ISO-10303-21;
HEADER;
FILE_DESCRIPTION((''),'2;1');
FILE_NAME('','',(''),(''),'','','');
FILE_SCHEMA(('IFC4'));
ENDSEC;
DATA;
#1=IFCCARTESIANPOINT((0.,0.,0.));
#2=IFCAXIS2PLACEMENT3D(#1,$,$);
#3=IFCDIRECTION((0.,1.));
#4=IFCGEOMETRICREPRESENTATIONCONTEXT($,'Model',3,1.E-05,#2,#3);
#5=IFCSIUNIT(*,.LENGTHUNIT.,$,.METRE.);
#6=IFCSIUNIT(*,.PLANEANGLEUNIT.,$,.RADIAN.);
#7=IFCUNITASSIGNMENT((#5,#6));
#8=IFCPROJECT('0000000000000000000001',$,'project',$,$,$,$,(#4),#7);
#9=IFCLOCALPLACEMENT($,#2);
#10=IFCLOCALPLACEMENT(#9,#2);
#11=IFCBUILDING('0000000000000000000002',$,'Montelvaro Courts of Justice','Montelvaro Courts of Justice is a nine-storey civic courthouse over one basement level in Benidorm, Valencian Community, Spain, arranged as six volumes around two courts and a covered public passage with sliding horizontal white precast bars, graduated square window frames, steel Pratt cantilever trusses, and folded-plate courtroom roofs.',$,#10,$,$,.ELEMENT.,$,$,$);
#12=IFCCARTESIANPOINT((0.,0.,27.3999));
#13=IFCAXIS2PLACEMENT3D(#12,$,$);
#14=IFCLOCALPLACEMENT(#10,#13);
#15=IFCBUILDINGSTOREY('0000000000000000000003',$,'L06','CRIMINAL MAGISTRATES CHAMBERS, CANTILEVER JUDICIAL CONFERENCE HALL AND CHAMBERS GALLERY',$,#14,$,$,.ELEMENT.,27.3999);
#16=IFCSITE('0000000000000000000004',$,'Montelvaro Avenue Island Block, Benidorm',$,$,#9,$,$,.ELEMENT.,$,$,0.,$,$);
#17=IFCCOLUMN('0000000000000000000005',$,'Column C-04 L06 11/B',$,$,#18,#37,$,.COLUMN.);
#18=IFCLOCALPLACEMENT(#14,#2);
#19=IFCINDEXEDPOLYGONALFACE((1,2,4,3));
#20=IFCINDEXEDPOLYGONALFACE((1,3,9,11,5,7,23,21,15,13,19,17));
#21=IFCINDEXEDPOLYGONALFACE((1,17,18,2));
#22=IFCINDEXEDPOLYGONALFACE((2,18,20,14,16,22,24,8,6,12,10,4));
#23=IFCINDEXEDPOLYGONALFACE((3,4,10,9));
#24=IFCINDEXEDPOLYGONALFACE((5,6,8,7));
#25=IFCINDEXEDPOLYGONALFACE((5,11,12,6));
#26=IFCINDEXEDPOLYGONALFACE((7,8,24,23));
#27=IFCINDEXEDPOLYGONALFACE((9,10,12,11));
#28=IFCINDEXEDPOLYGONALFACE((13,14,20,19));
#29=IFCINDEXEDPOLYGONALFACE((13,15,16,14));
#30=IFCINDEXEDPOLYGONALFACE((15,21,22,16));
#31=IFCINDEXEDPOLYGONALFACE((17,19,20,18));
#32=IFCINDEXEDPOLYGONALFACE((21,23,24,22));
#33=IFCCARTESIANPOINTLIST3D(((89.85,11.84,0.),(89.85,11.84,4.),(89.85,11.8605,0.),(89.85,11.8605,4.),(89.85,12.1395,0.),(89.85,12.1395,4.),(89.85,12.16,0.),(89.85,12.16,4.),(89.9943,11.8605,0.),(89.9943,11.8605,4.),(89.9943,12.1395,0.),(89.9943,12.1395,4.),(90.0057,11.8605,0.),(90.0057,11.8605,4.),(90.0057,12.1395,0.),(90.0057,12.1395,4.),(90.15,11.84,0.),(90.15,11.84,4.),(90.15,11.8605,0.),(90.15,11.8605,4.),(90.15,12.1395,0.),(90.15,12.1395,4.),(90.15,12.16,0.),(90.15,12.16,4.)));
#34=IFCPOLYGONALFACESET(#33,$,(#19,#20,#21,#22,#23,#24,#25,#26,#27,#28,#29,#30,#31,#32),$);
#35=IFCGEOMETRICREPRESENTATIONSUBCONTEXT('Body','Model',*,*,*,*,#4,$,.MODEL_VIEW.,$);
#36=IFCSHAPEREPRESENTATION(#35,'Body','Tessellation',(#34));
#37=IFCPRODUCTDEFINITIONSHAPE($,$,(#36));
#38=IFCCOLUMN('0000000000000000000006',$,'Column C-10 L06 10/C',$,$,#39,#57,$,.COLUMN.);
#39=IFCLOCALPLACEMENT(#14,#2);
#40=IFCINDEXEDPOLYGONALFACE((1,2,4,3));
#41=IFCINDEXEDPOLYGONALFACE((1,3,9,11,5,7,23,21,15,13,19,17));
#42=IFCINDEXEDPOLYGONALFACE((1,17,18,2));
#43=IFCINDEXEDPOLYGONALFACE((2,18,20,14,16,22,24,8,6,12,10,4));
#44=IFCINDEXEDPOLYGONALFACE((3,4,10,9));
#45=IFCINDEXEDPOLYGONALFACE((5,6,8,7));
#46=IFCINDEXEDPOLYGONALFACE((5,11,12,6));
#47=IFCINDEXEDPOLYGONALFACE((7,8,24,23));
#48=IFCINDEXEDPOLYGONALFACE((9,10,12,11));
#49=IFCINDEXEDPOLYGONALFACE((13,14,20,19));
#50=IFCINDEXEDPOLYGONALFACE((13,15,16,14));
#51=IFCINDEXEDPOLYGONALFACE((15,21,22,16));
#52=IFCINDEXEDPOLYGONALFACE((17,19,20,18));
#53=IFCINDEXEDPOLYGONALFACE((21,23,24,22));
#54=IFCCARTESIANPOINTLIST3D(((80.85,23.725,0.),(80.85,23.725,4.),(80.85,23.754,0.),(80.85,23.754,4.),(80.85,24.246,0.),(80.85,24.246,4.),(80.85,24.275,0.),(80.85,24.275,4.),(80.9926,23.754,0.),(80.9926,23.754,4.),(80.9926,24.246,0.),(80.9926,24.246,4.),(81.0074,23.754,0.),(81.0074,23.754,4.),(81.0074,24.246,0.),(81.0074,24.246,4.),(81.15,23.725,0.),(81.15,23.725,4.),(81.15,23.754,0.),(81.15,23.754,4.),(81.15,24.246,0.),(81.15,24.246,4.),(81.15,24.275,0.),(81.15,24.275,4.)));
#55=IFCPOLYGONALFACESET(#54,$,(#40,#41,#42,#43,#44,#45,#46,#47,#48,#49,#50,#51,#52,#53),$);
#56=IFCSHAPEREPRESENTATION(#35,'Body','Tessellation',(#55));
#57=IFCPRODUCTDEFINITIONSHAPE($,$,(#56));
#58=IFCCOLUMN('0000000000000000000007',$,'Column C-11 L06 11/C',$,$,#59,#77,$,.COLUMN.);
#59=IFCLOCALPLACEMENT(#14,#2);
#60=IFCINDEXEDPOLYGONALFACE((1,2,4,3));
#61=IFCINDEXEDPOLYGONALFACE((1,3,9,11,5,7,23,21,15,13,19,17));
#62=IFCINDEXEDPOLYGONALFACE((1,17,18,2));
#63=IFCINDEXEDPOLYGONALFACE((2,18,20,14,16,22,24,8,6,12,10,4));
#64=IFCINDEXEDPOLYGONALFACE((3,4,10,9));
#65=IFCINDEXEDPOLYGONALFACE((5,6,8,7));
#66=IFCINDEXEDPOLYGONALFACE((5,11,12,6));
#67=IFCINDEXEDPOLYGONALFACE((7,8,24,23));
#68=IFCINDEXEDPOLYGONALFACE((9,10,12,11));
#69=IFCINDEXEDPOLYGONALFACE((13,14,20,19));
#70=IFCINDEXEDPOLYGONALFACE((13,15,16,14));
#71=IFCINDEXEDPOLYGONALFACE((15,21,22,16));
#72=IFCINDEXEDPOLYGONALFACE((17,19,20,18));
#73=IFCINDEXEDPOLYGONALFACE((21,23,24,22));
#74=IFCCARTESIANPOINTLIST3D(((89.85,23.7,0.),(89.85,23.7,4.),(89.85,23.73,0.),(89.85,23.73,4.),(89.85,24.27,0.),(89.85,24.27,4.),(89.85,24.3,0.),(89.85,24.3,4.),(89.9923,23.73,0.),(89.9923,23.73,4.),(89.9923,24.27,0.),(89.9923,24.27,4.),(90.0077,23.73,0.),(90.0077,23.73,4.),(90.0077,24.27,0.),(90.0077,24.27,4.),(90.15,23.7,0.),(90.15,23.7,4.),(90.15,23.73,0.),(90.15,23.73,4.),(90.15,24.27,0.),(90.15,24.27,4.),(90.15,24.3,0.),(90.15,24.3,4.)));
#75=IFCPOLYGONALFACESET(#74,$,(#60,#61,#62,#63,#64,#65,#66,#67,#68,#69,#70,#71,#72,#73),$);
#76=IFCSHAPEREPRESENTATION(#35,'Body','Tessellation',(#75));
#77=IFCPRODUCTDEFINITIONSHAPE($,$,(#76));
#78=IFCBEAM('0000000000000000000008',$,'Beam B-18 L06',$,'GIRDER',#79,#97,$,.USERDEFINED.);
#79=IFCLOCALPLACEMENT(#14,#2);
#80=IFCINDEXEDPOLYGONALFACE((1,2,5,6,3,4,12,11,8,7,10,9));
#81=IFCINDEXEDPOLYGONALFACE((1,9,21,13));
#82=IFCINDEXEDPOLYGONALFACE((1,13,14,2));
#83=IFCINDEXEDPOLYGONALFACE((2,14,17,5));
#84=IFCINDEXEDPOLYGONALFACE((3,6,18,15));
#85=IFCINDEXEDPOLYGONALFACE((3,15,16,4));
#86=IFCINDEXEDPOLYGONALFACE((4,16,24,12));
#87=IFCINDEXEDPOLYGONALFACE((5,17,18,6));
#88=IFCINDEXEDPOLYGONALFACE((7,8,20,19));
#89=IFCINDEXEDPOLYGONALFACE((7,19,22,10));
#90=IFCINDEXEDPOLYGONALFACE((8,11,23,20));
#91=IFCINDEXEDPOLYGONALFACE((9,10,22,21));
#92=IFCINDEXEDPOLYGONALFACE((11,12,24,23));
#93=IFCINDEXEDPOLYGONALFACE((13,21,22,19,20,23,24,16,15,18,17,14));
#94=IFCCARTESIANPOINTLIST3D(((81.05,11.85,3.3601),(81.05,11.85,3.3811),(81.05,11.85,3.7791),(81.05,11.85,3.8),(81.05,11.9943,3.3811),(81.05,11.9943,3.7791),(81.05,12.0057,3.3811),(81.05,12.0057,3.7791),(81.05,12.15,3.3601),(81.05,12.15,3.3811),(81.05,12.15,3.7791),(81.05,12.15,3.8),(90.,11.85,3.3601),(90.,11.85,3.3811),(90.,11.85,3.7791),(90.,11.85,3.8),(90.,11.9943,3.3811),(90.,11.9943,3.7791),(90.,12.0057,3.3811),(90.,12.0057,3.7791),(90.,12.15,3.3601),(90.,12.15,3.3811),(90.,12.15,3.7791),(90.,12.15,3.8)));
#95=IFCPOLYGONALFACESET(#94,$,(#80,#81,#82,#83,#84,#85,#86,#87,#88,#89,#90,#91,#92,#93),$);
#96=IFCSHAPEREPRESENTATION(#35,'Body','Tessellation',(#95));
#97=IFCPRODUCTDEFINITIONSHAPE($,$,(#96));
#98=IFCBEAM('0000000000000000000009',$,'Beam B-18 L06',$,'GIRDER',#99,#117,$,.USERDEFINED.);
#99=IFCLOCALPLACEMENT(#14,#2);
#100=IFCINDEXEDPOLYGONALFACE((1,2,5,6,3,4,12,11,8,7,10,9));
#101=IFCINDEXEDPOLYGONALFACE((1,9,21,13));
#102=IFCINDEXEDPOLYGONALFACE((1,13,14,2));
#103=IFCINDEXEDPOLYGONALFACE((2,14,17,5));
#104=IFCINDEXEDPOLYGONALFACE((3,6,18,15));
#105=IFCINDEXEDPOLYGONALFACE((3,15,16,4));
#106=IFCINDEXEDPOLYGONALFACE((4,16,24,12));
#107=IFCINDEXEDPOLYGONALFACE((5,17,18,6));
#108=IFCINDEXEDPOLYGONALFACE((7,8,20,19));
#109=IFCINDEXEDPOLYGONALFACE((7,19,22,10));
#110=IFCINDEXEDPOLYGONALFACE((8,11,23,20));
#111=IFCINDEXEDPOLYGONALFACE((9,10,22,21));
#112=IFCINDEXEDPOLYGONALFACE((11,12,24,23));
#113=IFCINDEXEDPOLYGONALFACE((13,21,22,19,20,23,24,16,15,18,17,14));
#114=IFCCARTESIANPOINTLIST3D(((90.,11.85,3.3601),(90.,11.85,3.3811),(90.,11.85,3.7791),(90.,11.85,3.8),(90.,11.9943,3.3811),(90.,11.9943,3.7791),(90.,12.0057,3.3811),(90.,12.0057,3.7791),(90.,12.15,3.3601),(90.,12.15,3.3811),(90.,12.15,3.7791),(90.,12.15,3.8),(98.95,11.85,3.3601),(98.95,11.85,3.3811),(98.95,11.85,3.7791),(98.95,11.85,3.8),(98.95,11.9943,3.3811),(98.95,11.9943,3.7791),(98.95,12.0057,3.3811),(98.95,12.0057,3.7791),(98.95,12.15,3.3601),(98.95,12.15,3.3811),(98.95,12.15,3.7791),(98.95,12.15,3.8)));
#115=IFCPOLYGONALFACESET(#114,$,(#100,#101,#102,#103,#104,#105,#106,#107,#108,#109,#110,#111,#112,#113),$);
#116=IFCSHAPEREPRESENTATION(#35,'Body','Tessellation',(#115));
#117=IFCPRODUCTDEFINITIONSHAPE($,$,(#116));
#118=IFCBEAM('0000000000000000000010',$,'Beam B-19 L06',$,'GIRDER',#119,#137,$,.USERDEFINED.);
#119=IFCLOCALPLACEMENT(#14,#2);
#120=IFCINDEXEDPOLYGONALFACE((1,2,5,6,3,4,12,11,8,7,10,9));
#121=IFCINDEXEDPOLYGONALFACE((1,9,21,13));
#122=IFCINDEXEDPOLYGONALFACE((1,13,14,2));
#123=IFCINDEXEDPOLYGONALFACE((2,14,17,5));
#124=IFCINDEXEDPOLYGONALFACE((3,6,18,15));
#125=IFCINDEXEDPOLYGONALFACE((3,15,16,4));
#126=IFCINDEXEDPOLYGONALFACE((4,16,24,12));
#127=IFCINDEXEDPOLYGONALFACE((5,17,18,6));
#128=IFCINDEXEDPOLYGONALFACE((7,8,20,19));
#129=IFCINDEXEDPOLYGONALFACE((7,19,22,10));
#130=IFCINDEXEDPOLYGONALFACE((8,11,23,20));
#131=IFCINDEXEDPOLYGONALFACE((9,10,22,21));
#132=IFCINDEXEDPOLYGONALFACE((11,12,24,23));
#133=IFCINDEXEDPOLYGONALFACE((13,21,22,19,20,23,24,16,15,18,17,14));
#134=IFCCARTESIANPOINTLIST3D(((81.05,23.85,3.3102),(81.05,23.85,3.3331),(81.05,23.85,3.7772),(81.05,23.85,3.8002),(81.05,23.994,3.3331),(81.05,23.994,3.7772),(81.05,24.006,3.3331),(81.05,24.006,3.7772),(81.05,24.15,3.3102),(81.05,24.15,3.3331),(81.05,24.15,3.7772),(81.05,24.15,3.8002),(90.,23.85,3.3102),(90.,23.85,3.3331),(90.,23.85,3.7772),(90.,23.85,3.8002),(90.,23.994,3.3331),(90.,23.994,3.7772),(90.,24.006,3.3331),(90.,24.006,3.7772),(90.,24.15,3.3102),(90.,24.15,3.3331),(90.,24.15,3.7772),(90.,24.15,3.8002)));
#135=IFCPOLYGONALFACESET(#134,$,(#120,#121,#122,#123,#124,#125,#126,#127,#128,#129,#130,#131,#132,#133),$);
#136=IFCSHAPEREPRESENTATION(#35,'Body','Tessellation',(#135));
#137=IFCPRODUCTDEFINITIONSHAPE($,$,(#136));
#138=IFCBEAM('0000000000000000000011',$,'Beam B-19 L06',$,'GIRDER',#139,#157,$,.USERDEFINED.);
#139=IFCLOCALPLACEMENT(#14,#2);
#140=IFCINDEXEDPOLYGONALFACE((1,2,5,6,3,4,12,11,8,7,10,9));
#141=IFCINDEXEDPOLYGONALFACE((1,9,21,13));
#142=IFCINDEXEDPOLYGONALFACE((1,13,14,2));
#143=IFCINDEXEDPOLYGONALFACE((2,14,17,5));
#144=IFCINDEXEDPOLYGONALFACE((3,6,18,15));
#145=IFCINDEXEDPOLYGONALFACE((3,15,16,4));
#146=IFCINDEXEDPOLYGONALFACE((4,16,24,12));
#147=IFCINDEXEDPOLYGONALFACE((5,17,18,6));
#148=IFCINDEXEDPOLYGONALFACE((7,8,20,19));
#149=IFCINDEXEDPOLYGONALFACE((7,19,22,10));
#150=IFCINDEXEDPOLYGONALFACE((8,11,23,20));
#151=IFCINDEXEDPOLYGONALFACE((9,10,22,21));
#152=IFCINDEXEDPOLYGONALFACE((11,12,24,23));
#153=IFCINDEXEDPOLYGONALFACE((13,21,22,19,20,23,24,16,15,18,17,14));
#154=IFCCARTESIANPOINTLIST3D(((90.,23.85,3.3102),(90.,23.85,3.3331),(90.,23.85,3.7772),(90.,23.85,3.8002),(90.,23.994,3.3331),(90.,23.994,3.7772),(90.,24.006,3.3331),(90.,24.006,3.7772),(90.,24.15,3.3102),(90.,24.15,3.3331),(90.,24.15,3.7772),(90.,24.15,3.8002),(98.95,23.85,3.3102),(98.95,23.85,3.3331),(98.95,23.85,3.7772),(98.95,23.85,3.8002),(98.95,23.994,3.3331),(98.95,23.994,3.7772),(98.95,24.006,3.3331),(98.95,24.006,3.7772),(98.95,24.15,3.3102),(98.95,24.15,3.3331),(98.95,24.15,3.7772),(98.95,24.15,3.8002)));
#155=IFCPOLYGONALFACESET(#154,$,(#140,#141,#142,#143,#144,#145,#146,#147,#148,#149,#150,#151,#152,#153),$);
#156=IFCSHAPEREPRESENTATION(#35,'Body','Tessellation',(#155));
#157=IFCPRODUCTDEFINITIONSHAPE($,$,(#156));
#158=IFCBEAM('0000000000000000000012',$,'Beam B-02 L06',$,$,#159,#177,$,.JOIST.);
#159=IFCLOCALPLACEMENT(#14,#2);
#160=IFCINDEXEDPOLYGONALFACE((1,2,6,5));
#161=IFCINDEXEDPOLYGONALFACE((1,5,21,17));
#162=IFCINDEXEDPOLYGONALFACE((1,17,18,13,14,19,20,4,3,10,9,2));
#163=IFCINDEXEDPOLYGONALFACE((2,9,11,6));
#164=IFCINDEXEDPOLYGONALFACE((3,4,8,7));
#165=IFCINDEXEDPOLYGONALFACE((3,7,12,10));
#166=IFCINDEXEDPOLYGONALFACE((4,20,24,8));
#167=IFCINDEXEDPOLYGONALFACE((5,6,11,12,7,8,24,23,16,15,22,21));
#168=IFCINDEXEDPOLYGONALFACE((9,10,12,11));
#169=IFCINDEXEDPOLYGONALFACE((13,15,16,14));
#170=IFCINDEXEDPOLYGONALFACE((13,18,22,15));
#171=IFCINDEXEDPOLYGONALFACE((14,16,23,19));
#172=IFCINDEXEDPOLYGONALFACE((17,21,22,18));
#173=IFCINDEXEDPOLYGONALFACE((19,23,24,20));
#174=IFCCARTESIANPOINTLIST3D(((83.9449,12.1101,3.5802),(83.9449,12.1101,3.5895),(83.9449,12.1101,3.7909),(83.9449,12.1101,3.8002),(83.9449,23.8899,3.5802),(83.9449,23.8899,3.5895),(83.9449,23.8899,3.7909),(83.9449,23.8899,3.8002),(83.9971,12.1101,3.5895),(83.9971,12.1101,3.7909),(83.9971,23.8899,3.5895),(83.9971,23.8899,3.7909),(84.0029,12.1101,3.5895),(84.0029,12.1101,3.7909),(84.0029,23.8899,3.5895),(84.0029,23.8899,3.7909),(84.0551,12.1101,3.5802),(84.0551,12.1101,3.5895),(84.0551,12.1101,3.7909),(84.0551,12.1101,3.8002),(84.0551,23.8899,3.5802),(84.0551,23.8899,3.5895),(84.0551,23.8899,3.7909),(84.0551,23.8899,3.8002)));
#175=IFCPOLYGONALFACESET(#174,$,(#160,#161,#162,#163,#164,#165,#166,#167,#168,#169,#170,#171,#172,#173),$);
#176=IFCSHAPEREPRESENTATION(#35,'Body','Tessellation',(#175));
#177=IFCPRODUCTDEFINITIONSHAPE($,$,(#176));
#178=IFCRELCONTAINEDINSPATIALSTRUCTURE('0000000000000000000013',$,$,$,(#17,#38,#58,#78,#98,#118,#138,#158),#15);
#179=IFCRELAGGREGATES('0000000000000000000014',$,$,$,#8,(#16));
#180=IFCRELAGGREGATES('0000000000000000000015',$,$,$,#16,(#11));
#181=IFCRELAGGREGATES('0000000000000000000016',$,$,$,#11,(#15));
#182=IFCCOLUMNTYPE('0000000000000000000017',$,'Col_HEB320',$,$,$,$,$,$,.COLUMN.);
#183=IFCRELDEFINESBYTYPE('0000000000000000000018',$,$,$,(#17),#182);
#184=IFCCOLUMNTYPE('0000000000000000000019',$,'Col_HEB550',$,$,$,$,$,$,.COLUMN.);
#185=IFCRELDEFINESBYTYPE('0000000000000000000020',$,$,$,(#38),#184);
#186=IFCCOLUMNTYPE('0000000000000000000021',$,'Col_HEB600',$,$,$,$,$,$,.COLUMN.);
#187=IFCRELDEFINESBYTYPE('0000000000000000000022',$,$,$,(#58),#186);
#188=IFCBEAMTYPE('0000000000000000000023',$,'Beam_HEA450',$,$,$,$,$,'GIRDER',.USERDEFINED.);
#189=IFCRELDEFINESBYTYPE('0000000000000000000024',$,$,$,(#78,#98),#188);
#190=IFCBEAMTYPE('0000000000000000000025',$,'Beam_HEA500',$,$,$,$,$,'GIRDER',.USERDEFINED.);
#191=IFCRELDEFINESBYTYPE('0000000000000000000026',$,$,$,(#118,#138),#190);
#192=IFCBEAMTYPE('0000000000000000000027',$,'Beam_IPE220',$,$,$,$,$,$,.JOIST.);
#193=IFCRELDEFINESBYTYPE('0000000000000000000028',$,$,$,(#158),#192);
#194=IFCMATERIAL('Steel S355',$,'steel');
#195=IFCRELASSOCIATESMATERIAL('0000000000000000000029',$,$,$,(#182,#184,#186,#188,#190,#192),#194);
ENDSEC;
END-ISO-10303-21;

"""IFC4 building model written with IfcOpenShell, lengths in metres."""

from ifc_helpers import new_model, si_unit, direction, frame, origin, origin_2d, place, context, subcontext, project, spatial, i_section, extrude, material, material_profile, profile_set, type_object, element, save


model = new_model("IFC4")

# Units and contexts
model_context = context("Model", 3, precision=1e-05, world=origin(), true_north=direction((0.0, 1.0)))
body_context = subcontext(model_context, "Body", "Model", "MODEL_VIEW")
ifc_project = project(units=[si_unit("LENGTHUNIT", "METRE"), si_unit("PLANEANGLEUNIT", "RADIAN")], contexts=[model_context])

# Site, building, storey
site_placement = place(None, origin())
site = spatial("IfcSite", under=ifc_project, at=site_placement, Name="Montelvaro Avenue Island Block, Benidorm", CompositionType="ELEMENT", RefElevation=0.0)
building_placement = place(site_placement, origin())
building = spatial("IfcBuilding", under=site, at=building_placement, Name="Montelvaro Courts of Justice", Description="Montelvaro Courts of Justice is a nine-storey civic courthouse over one basement level in Benidorm, Valencian Community, Spain, arranged as six volumes around two courts and a covered public passage with sliding horizontal white precast bars, graduated square window frames, steel Pratt cantilever trusses, and folded-plate courtroom roofs.", CompositionType="ELEMENT")
storey_placement = place(building_placement, frame((0.0, 0.0, 27.3999)))
storey = spatial("IfcBuildingStorey", under=building, at=storey_placement, Name="L06", Description="CRIMINAL MAGISTRATES CHAMBERS, CANTILEVER JUDICIAL CONFERENCE HALL AND CHAMBERS GALLERY", CompositionType="ELEMENT", Elevation=27.3999)

# Columns
ifc_material_1 = material(Name="Steel S355", Category="steel")
ifc_material_profile_1 = material_profile(ifc_material_1, i_section(OverallWidth=0.3, OverallDepth=0.3201, WebThickness=0.0115, FlangeThickness=0.0205, at=origin_2d()), Name="HEB 320")
ifc_profile_set_1 = profile_set([ifc_material_profile_1], Name="Steel S355")
column_type_1 = type_object("IfcColumnType", Name="Col_HEB320", PredefinedType="COLUMN", material=ifc_profile_set_1)
column_1_placement = place(storey_placement, frame((90.0, 12.0, 0.0), z_axis=(0.0, 0.0, 1.0), x_axis=(1.0, 0.0, 0.0)))
element("IfcColumn", 1, at=column_1_placement, inside=storey, type_object=column_type_1, Name="Column C-04 L06 11/B", PredefinedType="COLUMN", context=body_context, shape_type="SweptSolid", body=[
    extrude(i_section(OverallWidth=0.3, OverallDepth=0.3201, WebThickness=0.0115, FlangeThickness=0.0205, at=origin_2d()), origin(), (0.0, 0.0, 1.0), 4.0),
])
ifc_material_profile_2 = material_profile(ifc_material_1, i_section(OverallWidth=0.3, OverallDepth=0.55, WebThickness=0.0149, FlangeThickness=0.0291, at=origin_2d()), Name="HEB 550")
ifc_profile_set_2 = profile_set([ifc_material_profile_2], Name="Steel S355")
column_type_2 = type_object("IfcColumnType", Name="Col_HEB550", PredefinedType="COLUMN", material=ifc_profile_set_2)
column_2_placement = place(storey_placement, frame((81.0, 24.0, 0.0), z_axis=(0.0, 0.0, 1.0), x_axis=(1.0, 0.0, 0.0)))
element("IfcColumn", 2, at=column_2_placement, inside=storey, type_object=column_type_2, Name="Column C-10 L06 10/C", PredefinedType="COLUMN", context=body_context, shape_type="SweptSolid", body=[
    extrude(i_section(OverallWidth=0.3, OverallDepth=0.55, WebThickness=0.0149, FlangeThickness=0.0291, at=origin_2d()), origin(), (0.0, 0.0, 1.0), 4.0),
])
ifc_material_profile_3 = material_profile(ifc_material_1, i_section(OverallWidth=0.3, OverallDepth=0.6001, WebThickness=0.0154, FlangeThickness=0.03, at=origin_2d()), Name="HEB 600")
ifc_profile_set_3 = profile_set([ifc_material_profile_3], Name="Steel S355")
column_type_3 = type_object("IfcColumnType", Name="Col_HEB600", PredefinedType="COLUMN", material=ifc_profile_set_3)
column_3_placement = place(storey_placement, frame((90.0, 24.0, 0.0), z_axis=(0.0, 0.0, 1.0), x_axis=(1.0, 0.0, 0.0)))
element("IfcColumn", 3, at=column_3_placement, inside=storey, type_object=column_type_3, Name="Column C-11 L06 11/C", PredefinedType="COLUMN", context=body_context, shape_type="SweptSolid", body=[
    extrude(i_section(OverallWidth=0.3, OverallDepth=0.6001, WebThickness=0.0154, FlangeThickness=0.03, at=origin_2d()), origin(), (0.0, 0.0, 1.0), 4.0),
])

# Beams
ifc_material_profile_4 = material_profile(ifc_material_1, i_section(OverallWidth=0.3, OverallDepth=0.4399, WebThickness=0.0115, FlangeThickness=0.021, at=origin_2d()), Name="HEA 450")
ifc_profile_set_4 = profile_set([ifc_material_profile_4], Name="Steel S355")
beam_type_1 = type_object("IfcBeamType", Name="Beam_HEA450", ElementType="GIRDER", PredefinedType="USERDEFINED", material=ifc_profile_set_4)
for number, where, z_axis, x_axis, name in (
    (4, (81.05, 12.0, 3.5801), (1.0, 0.0, 0.0), (0.0, 1.0, 0.0), "Beam B-18 L06"),
    (5, (90.0, 12.0, 3.5801), (1.0, 0.0, 0.0), (0.0, 1.0, 0.0), "Beam B-18 L06"),
):
    element("IfcBeam", number, at=place(storey_placement, frame(where, z_axis=z_axis, x_axis=x_axis)), inside=storey, type_object=beam_type_1, Name=name, ObjectType="GIRDER", PredefinedType="USERDEFINED", context=body_context, shape_type="SweptSolid", body=[
        extrude(i_section(OverallWidth=0.3, OverallDepth=0.4399, WebThickness=0.0115, FlangeThickness=0.021, at=origin_2d()), origin(), (0.0, 0.0, 1.0), 8.95),
    ])
ifc_material_profile_5 = material_profile(ifc_material_1, i_section(OverallWidth=0.3, OverallDepth=0.49, WebThickness=0.012, FlangeThickness=0.0229, at=origin_2d()), Name="HEA 500")
ifc_profile_set_5 = profile_set([ifc_material_profile_5], Name="Steel S355")
beam_type_2 = type_object("IfcBeamType", Name="Beam_HEA500", ElementType="GIRDER", PredefinedType="USERDEFINED", material=ifc_profile_set_5)
for number, where, z_axis, x_axis, name in (
    (6, (81.05, 24.0, 3.5552), (1.0, 0.0, 0.0), (0.0, 1.0, 0.0), "Beam B-19 L06"),
    (7, (90.0, 24.0, 3.5552), (1.0, 0.0, 0.0), (0.0, 1.0, 0.0), "Beam B-19 L06"),
):
    element("IfcBeam", number, at=place(storey_placement, frame(where, z_axis=z_axis, x_axis=x_axis)), inside=storey, type_object=beam_type_2, Name=name, ObjectType="GIRDER", PredefinedType="USERDEFINED", context=body_context, shape_type="SweptSolid", body=[
        extrude(i_section(OverallWidth=0.3, OverallDepth=0.49, WebThickness=0.012, FlangeThickness=0.0229, at=origin_2d()), origin(), (0.0, 0.0, 1.0), 8.95),
    ])
ifc_material_profile_6 = material_profile(ifc_material_1, i_section(OverallWidth=0.1101, OverallDepth=0.22, WebThickness=0.0059, FlangeThickness=0.0093, at=origin_2d()), Name="IPE 220")
ifc_profile_set_6 = profile_set([ifc_material_profile_6], Name="Steel S355")
beam_type_3 = type_object("IfcBeamType", Name="Beam_IPE220", PredefinedType="JOIST", material=ifc_profile_set_6)
beam_1_placement = place(storey_placement, frame((84.0, 12.1101, 3.6902), z_axis=(0.0, 1.0, 0.0), x_axis=(-1.0, 0.0, 0.0)))
element("IfcBeam", 8, at=beam_1_placement, inside=storey, type_object=beam_type_3, Name="Beam B-02 L06", PredefinedType="JOIST", context=body_context, shape_type="SweptSolid", body=[
    extrude(i_section(OverallWidth=0.1101, OverallDepth=0.22, WebThickness=0.0059, FlangeThickness=0.0093, at=origin_2d()), origin(), (0.0, 0.0, 1.0), 11.7798),
])

save(model, "model.ifc")
